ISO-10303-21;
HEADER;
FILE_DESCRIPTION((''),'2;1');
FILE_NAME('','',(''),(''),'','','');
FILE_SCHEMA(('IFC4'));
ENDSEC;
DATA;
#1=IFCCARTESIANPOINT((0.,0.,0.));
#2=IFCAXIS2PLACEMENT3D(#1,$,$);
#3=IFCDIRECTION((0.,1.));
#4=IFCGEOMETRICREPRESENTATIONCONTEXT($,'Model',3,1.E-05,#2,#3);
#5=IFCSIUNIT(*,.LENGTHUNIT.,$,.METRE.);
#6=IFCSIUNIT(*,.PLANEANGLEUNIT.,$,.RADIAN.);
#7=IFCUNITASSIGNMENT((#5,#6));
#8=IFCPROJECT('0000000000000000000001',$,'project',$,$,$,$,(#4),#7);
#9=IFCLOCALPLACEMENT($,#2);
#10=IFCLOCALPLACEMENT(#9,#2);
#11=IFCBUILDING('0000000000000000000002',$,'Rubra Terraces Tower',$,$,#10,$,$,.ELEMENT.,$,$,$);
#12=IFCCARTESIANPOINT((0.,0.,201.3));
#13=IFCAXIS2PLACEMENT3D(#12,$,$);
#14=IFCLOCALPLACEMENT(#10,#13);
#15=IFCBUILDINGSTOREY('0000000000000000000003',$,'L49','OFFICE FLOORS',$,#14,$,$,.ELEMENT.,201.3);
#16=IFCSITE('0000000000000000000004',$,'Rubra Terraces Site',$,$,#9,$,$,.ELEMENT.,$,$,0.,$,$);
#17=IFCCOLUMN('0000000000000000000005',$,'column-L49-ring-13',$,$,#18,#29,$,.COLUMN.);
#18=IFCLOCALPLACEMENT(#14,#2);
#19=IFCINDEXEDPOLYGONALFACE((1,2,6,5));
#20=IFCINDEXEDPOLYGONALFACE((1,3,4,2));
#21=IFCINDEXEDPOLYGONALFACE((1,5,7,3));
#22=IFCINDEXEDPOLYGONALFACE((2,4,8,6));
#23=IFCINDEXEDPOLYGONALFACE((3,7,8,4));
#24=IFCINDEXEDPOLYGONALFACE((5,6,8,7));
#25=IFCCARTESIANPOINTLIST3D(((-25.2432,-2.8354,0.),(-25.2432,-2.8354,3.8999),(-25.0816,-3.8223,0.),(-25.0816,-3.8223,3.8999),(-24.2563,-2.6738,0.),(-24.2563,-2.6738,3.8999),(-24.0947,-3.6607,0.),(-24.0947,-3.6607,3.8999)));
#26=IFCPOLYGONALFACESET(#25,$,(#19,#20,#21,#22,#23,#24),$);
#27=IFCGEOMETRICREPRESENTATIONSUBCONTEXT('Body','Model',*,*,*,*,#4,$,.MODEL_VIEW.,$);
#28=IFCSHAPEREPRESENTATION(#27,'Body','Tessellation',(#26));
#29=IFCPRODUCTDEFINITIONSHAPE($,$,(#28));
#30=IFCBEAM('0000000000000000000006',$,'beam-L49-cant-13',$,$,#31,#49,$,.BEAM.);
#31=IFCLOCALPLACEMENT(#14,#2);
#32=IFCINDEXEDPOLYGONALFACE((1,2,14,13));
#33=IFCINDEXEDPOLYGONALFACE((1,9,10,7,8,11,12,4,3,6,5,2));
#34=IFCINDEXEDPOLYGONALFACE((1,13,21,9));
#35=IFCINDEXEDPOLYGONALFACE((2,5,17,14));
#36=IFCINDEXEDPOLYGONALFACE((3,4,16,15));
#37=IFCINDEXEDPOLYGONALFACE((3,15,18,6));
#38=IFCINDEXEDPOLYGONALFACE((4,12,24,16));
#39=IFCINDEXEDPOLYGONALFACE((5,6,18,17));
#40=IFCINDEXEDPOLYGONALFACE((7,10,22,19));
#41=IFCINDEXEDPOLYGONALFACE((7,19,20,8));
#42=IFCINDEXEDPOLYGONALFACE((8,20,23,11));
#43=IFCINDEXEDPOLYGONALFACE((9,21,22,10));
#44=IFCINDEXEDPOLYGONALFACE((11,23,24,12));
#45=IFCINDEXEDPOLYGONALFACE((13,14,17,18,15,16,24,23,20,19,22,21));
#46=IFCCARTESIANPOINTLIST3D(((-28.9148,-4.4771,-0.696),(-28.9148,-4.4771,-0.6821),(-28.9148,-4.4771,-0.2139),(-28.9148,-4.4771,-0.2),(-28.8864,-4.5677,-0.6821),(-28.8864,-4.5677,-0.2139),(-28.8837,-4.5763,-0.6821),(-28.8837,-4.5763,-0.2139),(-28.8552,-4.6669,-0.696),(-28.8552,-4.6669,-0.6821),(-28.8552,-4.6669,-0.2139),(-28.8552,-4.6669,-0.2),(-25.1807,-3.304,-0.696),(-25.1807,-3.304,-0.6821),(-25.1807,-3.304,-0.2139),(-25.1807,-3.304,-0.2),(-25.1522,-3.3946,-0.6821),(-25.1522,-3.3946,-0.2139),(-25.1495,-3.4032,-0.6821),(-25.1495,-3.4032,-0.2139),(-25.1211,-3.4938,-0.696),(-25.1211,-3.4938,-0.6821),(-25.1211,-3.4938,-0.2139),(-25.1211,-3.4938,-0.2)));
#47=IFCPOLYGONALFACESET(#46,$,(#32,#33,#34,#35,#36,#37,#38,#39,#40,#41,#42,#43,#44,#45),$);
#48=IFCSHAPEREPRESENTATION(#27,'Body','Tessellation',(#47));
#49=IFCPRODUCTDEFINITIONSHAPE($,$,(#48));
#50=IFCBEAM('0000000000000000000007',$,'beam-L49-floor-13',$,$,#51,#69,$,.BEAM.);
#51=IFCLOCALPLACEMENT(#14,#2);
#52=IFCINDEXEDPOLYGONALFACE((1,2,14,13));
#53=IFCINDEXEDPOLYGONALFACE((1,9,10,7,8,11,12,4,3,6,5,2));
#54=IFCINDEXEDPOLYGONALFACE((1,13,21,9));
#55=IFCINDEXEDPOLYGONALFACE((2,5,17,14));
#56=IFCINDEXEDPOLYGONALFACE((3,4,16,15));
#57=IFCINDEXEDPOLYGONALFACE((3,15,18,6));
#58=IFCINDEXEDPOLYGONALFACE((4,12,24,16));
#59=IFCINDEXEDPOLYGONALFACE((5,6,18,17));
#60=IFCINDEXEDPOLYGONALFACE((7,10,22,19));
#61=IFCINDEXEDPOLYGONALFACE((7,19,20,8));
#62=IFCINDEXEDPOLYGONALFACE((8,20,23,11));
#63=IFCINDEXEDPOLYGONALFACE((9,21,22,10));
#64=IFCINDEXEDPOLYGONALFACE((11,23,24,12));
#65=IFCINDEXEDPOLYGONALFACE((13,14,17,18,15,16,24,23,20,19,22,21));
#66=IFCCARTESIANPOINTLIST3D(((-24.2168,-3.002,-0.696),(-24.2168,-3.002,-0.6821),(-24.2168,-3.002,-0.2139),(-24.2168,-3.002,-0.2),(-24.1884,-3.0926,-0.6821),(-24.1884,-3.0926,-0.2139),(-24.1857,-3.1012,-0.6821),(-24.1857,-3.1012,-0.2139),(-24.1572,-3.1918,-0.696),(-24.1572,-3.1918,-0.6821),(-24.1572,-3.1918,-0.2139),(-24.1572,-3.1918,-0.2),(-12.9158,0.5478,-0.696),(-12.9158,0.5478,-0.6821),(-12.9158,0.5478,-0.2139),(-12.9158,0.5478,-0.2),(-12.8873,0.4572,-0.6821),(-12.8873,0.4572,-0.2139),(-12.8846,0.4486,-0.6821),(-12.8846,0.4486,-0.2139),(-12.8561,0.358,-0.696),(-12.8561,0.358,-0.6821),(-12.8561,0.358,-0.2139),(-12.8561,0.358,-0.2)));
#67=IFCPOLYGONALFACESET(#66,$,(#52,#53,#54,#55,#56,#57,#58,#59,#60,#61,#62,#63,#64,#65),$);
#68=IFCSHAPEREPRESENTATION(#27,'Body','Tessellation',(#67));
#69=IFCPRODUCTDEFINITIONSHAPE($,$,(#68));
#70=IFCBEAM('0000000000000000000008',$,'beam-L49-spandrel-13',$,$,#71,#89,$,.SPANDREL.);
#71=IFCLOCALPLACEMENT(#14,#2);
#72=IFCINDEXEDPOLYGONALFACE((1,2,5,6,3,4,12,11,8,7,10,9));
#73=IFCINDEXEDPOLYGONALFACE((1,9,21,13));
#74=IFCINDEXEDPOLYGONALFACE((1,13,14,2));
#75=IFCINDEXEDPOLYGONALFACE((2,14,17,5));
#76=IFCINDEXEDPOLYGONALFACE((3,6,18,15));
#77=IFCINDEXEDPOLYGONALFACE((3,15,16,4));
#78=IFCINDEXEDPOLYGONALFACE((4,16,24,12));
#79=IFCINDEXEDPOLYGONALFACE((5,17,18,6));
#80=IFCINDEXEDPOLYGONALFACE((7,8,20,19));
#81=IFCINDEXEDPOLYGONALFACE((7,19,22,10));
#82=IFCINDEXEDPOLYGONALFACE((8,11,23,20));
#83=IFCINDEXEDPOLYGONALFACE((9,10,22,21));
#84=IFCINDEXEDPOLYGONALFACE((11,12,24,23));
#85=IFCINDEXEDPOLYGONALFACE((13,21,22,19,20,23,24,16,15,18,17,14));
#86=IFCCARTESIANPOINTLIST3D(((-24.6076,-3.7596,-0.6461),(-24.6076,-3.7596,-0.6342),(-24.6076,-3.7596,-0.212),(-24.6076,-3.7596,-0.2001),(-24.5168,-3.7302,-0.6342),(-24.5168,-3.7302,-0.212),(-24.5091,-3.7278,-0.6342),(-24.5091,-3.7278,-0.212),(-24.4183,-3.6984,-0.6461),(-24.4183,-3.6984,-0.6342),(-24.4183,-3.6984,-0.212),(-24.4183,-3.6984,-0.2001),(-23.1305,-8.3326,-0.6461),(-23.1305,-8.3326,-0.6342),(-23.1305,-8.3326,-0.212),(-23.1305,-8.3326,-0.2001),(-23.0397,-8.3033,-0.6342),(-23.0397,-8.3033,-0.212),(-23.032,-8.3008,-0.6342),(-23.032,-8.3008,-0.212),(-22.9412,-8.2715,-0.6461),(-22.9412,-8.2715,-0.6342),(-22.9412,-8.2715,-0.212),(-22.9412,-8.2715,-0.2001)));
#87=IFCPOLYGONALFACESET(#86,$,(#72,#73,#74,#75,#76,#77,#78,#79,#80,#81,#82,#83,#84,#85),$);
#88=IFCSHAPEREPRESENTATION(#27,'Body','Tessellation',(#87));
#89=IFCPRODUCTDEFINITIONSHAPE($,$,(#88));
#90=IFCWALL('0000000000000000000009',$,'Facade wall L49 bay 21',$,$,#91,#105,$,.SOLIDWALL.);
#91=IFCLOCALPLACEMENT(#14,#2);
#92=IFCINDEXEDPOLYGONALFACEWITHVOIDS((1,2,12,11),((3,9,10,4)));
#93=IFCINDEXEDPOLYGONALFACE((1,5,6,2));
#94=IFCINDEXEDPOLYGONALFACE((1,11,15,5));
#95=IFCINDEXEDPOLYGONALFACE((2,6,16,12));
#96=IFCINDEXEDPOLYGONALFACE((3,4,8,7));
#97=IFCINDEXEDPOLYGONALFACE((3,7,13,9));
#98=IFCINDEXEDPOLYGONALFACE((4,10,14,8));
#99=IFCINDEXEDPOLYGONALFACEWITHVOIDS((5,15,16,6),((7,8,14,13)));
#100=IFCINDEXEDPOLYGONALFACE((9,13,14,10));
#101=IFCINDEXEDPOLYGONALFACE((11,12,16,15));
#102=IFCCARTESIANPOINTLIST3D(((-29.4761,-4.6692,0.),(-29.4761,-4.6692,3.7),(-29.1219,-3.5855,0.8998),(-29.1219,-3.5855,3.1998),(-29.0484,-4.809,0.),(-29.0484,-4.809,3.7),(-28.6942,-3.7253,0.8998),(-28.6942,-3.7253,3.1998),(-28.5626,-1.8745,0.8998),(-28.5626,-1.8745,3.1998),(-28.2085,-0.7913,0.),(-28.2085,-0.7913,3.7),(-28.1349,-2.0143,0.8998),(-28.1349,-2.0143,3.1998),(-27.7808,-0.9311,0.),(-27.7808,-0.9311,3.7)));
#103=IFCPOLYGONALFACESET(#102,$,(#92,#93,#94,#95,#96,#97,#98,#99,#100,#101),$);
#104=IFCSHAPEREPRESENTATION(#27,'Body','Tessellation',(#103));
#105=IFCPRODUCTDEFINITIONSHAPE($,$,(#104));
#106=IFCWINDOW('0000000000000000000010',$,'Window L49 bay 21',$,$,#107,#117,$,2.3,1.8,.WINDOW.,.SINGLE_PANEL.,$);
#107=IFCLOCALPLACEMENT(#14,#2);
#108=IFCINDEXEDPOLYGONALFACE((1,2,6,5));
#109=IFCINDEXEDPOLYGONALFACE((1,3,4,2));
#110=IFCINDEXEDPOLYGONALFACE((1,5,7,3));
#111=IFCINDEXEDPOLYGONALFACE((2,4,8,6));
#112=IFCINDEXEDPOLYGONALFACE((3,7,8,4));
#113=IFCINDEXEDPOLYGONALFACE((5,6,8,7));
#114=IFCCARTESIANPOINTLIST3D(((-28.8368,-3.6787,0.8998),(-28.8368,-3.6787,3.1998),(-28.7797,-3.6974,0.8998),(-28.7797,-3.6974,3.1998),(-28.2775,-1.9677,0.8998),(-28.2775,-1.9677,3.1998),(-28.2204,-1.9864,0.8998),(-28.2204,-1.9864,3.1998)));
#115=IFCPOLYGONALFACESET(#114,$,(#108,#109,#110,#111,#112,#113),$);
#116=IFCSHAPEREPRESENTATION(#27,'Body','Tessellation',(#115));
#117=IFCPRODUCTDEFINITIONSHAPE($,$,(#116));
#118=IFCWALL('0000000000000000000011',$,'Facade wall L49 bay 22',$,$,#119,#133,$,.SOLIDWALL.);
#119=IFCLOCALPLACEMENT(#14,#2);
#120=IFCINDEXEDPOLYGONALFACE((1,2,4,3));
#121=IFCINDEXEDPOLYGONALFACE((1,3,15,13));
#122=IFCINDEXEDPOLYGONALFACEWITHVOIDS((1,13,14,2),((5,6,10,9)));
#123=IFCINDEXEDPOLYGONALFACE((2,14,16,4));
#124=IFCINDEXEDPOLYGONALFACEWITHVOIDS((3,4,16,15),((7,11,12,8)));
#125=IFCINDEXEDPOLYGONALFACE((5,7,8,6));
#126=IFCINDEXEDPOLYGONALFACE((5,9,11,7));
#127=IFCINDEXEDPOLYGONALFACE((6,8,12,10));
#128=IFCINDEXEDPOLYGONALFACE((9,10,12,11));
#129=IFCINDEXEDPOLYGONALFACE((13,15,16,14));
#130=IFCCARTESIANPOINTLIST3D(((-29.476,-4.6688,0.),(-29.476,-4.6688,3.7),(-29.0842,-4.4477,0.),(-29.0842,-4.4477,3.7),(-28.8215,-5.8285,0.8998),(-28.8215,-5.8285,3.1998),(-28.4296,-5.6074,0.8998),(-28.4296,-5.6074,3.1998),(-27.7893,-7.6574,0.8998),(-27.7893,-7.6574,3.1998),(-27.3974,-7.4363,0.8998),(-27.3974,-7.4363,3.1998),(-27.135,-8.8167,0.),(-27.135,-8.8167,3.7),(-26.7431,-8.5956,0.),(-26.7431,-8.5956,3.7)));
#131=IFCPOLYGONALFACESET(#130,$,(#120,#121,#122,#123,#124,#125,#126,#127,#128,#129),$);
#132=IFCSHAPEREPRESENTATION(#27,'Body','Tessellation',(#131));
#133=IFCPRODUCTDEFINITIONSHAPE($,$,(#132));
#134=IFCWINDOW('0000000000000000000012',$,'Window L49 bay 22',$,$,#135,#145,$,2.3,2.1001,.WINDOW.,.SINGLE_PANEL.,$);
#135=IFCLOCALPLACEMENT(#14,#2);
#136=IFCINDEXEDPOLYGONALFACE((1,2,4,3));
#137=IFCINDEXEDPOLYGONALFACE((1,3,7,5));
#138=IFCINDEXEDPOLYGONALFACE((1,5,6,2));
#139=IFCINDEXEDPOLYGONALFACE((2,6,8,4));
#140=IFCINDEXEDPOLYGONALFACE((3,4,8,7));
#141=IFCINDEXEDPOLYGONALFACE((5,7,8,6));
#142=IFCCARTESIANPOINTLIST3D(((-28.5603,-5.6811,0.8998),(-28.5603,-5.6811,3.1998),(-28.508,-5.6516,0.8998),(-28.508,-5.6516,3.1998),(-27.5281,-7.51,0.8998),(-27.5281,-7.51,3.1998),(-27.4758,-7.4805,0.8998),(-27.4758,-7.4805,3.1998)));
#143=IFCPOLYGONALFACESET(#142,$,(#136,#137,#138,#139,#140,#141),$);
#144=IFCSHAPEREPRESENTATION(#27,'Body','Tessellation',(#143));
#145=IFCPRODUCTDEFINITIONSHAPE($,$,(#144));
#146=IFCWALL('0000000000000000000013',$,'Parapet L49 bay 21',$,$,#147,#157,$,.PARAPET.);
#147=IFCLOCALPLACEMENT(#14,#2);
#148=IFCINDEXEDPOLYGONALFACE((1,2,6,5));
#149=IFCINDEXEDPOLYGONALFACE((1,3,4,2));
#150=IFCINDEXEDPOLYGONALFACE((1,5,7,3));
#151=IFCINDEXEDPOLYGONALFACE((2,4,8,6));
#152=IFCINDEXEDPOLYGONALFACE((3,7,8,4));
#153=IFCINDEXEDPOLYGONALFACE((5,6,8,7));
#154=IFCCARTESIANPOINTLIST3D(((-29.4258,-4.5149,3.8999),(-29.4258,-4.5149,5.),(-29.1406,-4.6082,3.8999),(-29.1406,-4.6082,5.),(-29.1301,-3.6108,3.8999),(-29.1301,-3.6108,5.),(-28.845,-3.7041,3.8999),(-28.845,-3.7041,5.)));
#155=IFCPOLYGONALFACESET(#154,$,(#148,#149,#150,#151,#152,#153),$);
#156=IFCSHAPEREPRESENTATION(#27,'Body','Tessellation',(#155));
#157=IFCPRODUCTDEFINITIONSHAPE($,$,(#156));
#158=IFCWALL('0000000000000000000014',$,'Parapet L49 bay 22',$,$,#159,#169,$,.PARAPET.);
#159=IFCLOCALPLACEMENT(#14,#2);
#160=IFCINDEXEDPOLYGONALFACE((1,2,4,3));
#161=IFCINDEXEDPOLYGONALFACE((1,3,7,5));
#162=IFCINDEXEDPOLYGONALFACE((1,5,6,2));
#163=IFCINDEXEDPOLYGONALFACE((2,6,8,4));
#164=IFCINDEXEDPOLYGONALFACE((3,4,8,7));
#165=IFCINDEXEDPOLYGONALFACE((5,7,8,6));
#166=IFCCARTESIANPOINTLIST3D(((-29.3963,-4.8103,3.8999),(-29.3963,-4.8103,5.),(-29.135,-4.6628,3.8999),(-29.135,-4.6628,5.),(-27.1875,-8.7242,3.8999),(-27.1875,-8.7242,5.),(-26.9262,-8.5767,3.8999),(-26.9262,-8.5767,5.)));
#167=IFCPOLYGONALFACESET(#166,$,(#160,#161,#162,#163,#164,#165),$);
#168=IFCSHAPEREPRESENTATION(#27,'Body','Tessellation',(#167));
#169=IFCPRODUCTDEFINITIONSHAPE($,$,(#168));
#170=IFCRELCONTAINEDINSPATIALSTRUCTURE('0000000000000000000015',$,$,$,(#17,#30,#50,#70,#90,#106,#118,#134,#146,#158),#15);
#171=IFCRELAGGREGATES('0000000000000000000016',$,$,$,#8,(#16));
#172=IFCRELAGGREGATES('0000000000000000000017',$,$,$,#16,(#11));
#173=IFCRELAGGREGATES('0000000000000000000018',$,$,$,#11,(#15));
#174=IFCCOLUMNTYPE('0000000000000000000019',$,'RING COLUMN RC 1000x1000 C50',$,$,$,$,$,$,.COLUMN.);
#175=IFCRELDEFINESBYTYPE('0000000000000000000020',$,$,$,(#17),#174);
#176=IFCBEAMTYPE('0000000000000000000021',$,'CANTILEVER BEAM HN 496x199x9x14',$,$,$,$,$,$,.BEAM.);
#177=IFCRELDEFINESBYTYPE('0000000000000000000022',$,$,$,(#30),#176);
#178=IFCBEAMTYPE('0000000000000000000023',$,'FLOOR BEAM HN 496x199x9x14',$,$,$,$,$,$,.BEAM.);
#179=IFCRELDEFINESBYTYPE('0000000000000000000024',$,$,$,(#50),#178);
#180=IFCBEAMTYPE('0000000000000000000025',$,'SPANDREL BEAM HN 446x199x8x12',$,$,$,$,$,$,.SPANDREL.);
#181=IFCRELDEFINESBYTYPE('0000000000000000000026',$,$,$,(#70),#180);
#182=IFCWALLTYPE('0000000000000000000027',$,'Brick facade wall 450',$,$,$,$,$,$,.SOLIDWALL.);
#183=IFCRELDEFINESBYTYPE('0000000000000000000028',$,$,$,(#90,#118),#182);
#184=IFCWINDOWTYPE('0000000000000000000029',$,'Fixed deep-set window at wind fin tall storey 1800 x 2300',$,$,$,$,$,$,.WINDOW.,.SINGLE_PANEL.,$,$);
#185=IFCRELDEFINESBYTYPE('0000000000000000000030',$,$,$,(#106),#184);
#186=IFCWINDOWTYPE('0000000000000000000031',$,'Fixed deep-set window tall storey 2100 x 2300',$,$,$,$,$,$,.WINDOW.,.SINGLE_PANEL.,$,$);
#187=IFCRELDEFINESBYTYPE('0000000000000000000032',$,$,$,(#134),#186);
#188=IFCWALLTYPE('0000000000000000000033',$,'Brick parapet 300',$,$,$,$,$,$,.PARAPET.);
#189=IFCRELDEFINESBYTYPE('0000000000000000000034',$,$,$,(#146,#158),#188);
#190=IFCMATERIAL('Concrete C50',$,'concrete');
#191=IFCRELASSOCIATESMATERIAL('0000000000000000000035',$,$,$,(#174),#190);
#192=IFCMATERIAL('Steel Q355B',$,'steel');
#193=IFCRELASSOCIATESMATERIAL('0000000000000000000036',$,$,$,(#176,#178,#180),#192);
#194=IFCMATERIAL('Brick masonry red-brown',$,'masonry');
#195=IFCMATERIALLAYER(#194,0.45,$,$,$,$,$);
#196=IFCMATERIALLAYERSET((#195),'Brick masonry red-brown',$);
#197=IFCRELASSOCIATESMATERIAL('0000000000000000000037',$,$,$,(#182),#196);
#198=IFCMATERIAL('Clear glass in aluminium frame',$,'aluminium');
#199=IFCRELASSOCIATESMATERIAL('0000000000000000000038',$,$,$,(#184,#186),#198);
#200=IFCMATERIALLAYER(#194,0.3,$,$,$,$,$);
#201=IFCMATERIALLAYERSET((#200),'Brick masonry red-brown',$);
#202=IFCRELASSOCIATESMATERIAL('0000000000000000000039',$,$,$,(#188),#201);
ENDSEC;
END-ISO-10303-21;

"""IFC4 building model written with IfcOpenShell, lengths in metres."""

from ifc_helpers import new_model, si_unit, direction, frame, frame_2d, origin, origin_2d, place, context, subcontext, project, spatial, rectangle, i_section, extrude, material, layer, layer_set, material_profile, profile_set, type_object, element, fill, save


model = new_model("IFC4")

# Units and contexts
model_context = context("Model", 3, precision=1e-05, world=origin(), true_north=direction((0.0, 1.0)))
body_context = subcontext(model_context, "Body", "Model", "MODEL_VIEW")
ifc_project = project(units=[si_unit("LENGTHUNIT", "METRE"), si_unit("PLANEANGLEUNIT", "RADIAN")], contexts=[model_context])

# Site, building, storey
site_placement = place(None, origin())
site = spatial("IfcSite", under=ifc_project, at=site_placement, Name="Rubra Terraces Site", CompositionType="ELEMENT", RefElevation=0.0)
building_placement = place(site_placement, origin())
building = spatial("IfcBuilding", under=site, at=building_placement, Name="Rubra Terraces Tower", CompositionType="ELEMENT")
storey_placement = place(building_placement, frame((0.0, 0.0, 201.3)))
storey = spatial("IfcBuildingStorey", under=building, at=storey_placement, Name="L49", Description="OFFICE FLOORS", CompositionType="ELEMENT", Elevation=201.3)

# Column
ifc_material_1 = material(Name="Concrete C50", Category="concrete")
ifc_material_profile_1 = material_profile(ifc_material_1, rectangle(XDim=1.0, YDim=1.0, at=origin_2d()), Name="RC 1000x1000")
ifc_profile_set_1 = profile_set([ifc_material_profile_1], Name="Concrete C50")
column_type = type_object("IfcColumnType", Name="RING COLUMN RC 1000x1000 C50", PredefinedType="COLUMN", material=ifc_profile_set_1)
column_placement = place(storey_placement, frame((-24.6689, -3.248, 0.0), z_axis=(0.0, 0.0, 1.0), x_axis=(0.161559, -0.986863, 0.0)))
element("IfcColumn", 1, at=column_placement, inside=storey, type_object=column_type, Name="column-L49-ring-13", PredefinedType="COLUMN", context=body_context, shape_type="SweptSolid", body=[
    extrude(rectangle(XDim=1.0, YDim=1.0, at=origin_2d()), origin(), (0.0, 0.0, 1.0), 3.8999),
])

# Beams
ifc_material_2 = material(Name="Steel Q355B", Category="steel")
ifc_material_profile_2 = material_profile(ifc_material_2, i_section(OverallWidth=0.199, OverallDepth=0.4961, WebThickness=0.009, FlangeThickness=0.0139, at=origin_2d()), Name="HN 496x199x9x14")
ifc_profile_set_2 = profile_set([ifc_material_profile_2], Name="Steel Q355B")
beam_type_1 = type_object("IfcBeamType", Name="CANTILEVER BEAM HN 496x199x9x14", PredefinedType="BEAM", material=ifc_profile_set_2)
beam_1_placement = place(storey_placement, frame((-25.1509, -3.3989, -0.448), z_axis=(-0.954029, -0.299713, 0.0), x_axis=(0.299713, -0.954029, 0.0)))
element("IfcBeam", 2, at=beam_1_placement, inside=storey, type_object=beam_type_1, Name="beam-L49-cant-13", PredefinedType="BEAM", context=body_context, shape_type="SweptSolid", body=[
    extrude(i_section(OverallWidth=0.199, OverallDepth=0.4961, WebThickness=0.009, FlangeThickness=0.0139, at=origin_2d()), origin(), (0.0, 0.0, 1.0), 3.9141),
])
ifc_material_profile_3 = material_profile(ifc_material_2, i_section(OverallWidth=0.199, OverallDepth=0.4961, WebThickness=0.009, FlangeThickness=0.0139, at=origin_2d()), Name="HN 496x199x9x14")
ifc_profile_set_3 = profile_set([ifc_material_profile_3], Name="Steel Q355B")
beam_type_2 = type_object("IfcBeamType", Name="FLOOR BEAM HN 496x199x9x14", PredefinedType="BEAM", material=ifc_profile_set_3)
beam_2_placement = place(storey_placement, frame((-24.187, -3.0969, -0.448), z_axis=(0.954041, 0.299677, 0.0), x_axis=(-0.299677, 0.954041, 0.0)))
element("IfcBeam", 3, at=beam_2_placement, inside=storey, type_object=beam_type_2, Name="beam-L49-floor-13", PredefinedType="BEAM", context=body_context, shape_type="SweptSolid", body=[
    extrude(i_section(OverallWidth=0.199, OverallDepth=0.4961, WebThickness=0.009, FlangeThickness=0.0139, at=origin_2d()), origin(), (0.0, 0.0, 1.0), 11.8455),
])
ifc_material_profile_4 = material_profile(ifc_material_2, i_section(OverallWidth=0.199, OverallDepth=0.446, WebThickness=0.0081, FlangeThickness=0.012, at=origin_2d()), Name="HN 446x199x8x12")
ifc_profile_set_4 = profile_set([ifc_material_profile_4], Name="Steel Q355B")
beam_type_3 = type_object("IfcBeamType", Name="SPANDREL BEAM HN 446x199x8x12", PredefinedType="SPANDREL", material=ifc_profile_set_4)
beam_3_placement = place(storey_placement, frame((-24.5129, -3.729, -0.4231), z_axis=(0.307359, -0.951594, 0.0), x_axis=(0.951594, 0.307359, 0.0)))
element("IfcBeam", 4, at=beam_3_placement, inside=storey, type_object=beam_type_3, Name="beam-L49-spandrel-13", PredefinedType="SPANDREL", context=body_context, shape_type="SweptSolid", body=[
    extrude(i_section(OverallWidth=0.199, OverallDepth=0.446, WebThickness=0.0081, FlangeThickness=0.012, at=origin_2d()), origin(), (0.0, 0.0, 1.0), 4.8057),
])

# Walls, openings, windows
ifc_material_3 = material(Name="Brick masonry red-brown", Category="masonry")
ifc_layer_1 = layer(ifc_material_3, 0.45)
ifc_layer_set_1 = layer_set([ifc_layer_1], Name="Brick masonry red-brown")
wall_type_1 = type_object("IfcWallType", Name="Brick facade wall 450", PredefinedType="SOLIDWALL", material=ifc_layer_set_1)
wall_1_placement = place(storey_placement, frame((-27.9946, -0.8611, 0.0), z_axis=(0.0, 0.0, 1.0), x_axis=(-0.310693, -0.95051, 0.0)))
wall_1 = element("IfcWall", 5, at=wall_1_placement, inside=storey, type_object=wall_type_1, Name="Facade wall L49 bay 21", PredefinedType="SOLIDWALL", context=body_context, shape_type="SweptSolid", body=[
    extrude(rectangle(XDim=4.0798, YDim=0.45, at=frame_2d((2.04, 0.0))), origin(), (0.0, 0.0, 1.0), 3.7),
])
opening_1_placement = place(wall_1_placement, frame((1.1399, 0.0, 0.8999)))
opening_1 = element("IfcOpeningElement", 6, at=opening_1_placement, cuts=wall_1, PredefinedType="OPENING", context=body_context, shape_type="SweptSolid", body=[
    extrude(rectangle(XDim=1.8, YDim=2.3, at=frame_2d((0.8999, 1.1499))), frame((0.0, 0.2349, 0.0), z_axis=(0.0, -1.0, 0.0), x_axis=(1.0, 0.0, 0.0)), (0.0, 0.0, 1.0), 0.47),
])
ifc_material_4 = material(Name="Clear glass in aluminium frame", Category="aluminium")
window_type_1 = type_object("IfcWindowType", Name="Fixed deep-set window at wind fin tall storey 1800 x 2300", PartitioningType="SINGLE_PANEL", PredefinedType="WINDOW", material=ifc_material_4)
window_1_placement = place(opening_1_placement, origin())
window_1 = element("IfcWindow", 7, at=window_1_placement, inside=storey, type_object=window_type_1, Name="Window L49 bay 21", OverallHeight=2.3, OverallWidth=1.8, PartitioningType="SINGLE_PANEL", PredefinedType="WINDOW", context=body_context, shape_type="SweptSolid", body=[
    extrude(rectangle(XDim=1.8, YDim=2.3, at=frame_2d((0.8999, 1.1499))), frame((0.0, 0.135, 0.0), z_axis=(0.0, -1.0, 0.0), x_axis=(1.0, 0.0, 0.0)), (0.0, 0.0, 1.0), 0.0601),
])
fill(opening_1, window_1)
wall_2_placement = place(storey_placement, frame((-29.28, -4.5583, 0.0), z_axis=(0.0, 0.0, 1.0), x_axis=(0.491512, -0.870871, 0.0)))
wall_2 = element("IfcWall", 8, at=wall_2_placement, inside=storey, type_object=wall_type_1, Name="Facade wall L49 bay 22", PredefinedType="SOLIDWALL", context=body_context, shape_type="SweptSolid", body=[
    extrude(rectangle(XDim=4.7629, YDim=0.45, at=frame_2d((2.3813, 0.0))), origin(), (0.0, 0.0, 1.0), 3.7),
])
opening_2_placement = place(wall_2_placement, frame((1.3315, 0.0, 0.8999)))
opening_2 = element("IfcOpeningElement", 9, at=opening_2_placement, cuts=wall_2, PredefinedType="OPENING", context=body_context, shape_type="SweptSolid", body=[
    extrude(rectangle(XDim=2.1001, YDim=2.3, at=frame_2d((1.05, 1.1499))), frame((0.0, 0.2349, 0.0), z_axis=(0.0, -1.0, 0.0), x_axis=(1.0, 0.0, 0.0)), (0.0, 0.0, 1.0), 0.47),
])
window_type_2 = type_object("IfcWindowType", Name="Fixed deep-set window tall storey 2100 x 2300", PartitioningType="SINGLE_PANEL", PredefinedType="WINDOW", material=ifc_material_4)
window_2_placement = place(opening_2_placement, origin())
window_2 = element("IfcWindow", 10, at=window_2_placement, inside=storey, type_object=window_type_2, Name="Window L49 bay 22", OverallHeight=2.3, OverallWidth=2.1001, PartitioningType="SINGLE_PANEL", PredefinedType="WINDOW", context=body_context, shape_type="SweptSolid", body=[
    extrude(rectangle(XDim=2.1001, YDim=2.3, at=frame_2d((1.05, 1.1499))), frame((0.0, 0.135, 0.0), z_axis=(0.0, -1.0, 0.0), x_axis=(1.0, 0.0, 0.0)), (0.0, 0.0, 1.0), 0.0601),
])
fill(opening_2, window_2)

# Walls
ifc_layer_2 = layer(ifc_material_3, 0.3)
ifc_layer_set_2 = layer_set([ifc_layer_2], Name="Brick masonry red-brown")
wall_type_2 = type_object("IfcWallType", Name="Brick parapet 300", PredefinedType="PARAPET", material=ifc_layer_set_2)
wall_3_placement = place(storey_placement, frame((-28.9875, -3.6575, 3.8999), z_axis=(0.0, 0.0, 1.0), x_axis=(-0.310833, -0.950465, 0.0)))
element("IfcWall", 11, at=wall_3_placement, inside=storey, type_object=wall_type_2, Name="Parapet L49 bay 21", PredefinedType="PARAPET", context=body_context, shape_type="SweptSolid", body=[
    extrude(rectangle(XDim=0.9512, YDim=0.3, at=frame_2d((0.4756, 0.0))), origin(), (0.0, 0.0, 1.0), 1.1001),
])
wall_4_placement = place(storey_placement, frame((-29.2656, -4.7366, 3.8999), z_axis=(0.0, 0.0, 1.0), x_axis=(0.491481, -0.870888, 0.0)))
element("IfcWall", 12, at=wall_4_placement, inside=storey, type_object=wall_type_2, Name="Parapet L49 bay 22", PredefinedType="PARAPET", context=body_context, shape_type="SweptSolid", body=[
    extrude(rectangle(XDim=4.4941, YDim=0.3, at=frame_2d((2.2471, 0.0))), origin(), (0.0, 0.0, 1.0), 1.1001),
])

save(model, "model.ifc")
